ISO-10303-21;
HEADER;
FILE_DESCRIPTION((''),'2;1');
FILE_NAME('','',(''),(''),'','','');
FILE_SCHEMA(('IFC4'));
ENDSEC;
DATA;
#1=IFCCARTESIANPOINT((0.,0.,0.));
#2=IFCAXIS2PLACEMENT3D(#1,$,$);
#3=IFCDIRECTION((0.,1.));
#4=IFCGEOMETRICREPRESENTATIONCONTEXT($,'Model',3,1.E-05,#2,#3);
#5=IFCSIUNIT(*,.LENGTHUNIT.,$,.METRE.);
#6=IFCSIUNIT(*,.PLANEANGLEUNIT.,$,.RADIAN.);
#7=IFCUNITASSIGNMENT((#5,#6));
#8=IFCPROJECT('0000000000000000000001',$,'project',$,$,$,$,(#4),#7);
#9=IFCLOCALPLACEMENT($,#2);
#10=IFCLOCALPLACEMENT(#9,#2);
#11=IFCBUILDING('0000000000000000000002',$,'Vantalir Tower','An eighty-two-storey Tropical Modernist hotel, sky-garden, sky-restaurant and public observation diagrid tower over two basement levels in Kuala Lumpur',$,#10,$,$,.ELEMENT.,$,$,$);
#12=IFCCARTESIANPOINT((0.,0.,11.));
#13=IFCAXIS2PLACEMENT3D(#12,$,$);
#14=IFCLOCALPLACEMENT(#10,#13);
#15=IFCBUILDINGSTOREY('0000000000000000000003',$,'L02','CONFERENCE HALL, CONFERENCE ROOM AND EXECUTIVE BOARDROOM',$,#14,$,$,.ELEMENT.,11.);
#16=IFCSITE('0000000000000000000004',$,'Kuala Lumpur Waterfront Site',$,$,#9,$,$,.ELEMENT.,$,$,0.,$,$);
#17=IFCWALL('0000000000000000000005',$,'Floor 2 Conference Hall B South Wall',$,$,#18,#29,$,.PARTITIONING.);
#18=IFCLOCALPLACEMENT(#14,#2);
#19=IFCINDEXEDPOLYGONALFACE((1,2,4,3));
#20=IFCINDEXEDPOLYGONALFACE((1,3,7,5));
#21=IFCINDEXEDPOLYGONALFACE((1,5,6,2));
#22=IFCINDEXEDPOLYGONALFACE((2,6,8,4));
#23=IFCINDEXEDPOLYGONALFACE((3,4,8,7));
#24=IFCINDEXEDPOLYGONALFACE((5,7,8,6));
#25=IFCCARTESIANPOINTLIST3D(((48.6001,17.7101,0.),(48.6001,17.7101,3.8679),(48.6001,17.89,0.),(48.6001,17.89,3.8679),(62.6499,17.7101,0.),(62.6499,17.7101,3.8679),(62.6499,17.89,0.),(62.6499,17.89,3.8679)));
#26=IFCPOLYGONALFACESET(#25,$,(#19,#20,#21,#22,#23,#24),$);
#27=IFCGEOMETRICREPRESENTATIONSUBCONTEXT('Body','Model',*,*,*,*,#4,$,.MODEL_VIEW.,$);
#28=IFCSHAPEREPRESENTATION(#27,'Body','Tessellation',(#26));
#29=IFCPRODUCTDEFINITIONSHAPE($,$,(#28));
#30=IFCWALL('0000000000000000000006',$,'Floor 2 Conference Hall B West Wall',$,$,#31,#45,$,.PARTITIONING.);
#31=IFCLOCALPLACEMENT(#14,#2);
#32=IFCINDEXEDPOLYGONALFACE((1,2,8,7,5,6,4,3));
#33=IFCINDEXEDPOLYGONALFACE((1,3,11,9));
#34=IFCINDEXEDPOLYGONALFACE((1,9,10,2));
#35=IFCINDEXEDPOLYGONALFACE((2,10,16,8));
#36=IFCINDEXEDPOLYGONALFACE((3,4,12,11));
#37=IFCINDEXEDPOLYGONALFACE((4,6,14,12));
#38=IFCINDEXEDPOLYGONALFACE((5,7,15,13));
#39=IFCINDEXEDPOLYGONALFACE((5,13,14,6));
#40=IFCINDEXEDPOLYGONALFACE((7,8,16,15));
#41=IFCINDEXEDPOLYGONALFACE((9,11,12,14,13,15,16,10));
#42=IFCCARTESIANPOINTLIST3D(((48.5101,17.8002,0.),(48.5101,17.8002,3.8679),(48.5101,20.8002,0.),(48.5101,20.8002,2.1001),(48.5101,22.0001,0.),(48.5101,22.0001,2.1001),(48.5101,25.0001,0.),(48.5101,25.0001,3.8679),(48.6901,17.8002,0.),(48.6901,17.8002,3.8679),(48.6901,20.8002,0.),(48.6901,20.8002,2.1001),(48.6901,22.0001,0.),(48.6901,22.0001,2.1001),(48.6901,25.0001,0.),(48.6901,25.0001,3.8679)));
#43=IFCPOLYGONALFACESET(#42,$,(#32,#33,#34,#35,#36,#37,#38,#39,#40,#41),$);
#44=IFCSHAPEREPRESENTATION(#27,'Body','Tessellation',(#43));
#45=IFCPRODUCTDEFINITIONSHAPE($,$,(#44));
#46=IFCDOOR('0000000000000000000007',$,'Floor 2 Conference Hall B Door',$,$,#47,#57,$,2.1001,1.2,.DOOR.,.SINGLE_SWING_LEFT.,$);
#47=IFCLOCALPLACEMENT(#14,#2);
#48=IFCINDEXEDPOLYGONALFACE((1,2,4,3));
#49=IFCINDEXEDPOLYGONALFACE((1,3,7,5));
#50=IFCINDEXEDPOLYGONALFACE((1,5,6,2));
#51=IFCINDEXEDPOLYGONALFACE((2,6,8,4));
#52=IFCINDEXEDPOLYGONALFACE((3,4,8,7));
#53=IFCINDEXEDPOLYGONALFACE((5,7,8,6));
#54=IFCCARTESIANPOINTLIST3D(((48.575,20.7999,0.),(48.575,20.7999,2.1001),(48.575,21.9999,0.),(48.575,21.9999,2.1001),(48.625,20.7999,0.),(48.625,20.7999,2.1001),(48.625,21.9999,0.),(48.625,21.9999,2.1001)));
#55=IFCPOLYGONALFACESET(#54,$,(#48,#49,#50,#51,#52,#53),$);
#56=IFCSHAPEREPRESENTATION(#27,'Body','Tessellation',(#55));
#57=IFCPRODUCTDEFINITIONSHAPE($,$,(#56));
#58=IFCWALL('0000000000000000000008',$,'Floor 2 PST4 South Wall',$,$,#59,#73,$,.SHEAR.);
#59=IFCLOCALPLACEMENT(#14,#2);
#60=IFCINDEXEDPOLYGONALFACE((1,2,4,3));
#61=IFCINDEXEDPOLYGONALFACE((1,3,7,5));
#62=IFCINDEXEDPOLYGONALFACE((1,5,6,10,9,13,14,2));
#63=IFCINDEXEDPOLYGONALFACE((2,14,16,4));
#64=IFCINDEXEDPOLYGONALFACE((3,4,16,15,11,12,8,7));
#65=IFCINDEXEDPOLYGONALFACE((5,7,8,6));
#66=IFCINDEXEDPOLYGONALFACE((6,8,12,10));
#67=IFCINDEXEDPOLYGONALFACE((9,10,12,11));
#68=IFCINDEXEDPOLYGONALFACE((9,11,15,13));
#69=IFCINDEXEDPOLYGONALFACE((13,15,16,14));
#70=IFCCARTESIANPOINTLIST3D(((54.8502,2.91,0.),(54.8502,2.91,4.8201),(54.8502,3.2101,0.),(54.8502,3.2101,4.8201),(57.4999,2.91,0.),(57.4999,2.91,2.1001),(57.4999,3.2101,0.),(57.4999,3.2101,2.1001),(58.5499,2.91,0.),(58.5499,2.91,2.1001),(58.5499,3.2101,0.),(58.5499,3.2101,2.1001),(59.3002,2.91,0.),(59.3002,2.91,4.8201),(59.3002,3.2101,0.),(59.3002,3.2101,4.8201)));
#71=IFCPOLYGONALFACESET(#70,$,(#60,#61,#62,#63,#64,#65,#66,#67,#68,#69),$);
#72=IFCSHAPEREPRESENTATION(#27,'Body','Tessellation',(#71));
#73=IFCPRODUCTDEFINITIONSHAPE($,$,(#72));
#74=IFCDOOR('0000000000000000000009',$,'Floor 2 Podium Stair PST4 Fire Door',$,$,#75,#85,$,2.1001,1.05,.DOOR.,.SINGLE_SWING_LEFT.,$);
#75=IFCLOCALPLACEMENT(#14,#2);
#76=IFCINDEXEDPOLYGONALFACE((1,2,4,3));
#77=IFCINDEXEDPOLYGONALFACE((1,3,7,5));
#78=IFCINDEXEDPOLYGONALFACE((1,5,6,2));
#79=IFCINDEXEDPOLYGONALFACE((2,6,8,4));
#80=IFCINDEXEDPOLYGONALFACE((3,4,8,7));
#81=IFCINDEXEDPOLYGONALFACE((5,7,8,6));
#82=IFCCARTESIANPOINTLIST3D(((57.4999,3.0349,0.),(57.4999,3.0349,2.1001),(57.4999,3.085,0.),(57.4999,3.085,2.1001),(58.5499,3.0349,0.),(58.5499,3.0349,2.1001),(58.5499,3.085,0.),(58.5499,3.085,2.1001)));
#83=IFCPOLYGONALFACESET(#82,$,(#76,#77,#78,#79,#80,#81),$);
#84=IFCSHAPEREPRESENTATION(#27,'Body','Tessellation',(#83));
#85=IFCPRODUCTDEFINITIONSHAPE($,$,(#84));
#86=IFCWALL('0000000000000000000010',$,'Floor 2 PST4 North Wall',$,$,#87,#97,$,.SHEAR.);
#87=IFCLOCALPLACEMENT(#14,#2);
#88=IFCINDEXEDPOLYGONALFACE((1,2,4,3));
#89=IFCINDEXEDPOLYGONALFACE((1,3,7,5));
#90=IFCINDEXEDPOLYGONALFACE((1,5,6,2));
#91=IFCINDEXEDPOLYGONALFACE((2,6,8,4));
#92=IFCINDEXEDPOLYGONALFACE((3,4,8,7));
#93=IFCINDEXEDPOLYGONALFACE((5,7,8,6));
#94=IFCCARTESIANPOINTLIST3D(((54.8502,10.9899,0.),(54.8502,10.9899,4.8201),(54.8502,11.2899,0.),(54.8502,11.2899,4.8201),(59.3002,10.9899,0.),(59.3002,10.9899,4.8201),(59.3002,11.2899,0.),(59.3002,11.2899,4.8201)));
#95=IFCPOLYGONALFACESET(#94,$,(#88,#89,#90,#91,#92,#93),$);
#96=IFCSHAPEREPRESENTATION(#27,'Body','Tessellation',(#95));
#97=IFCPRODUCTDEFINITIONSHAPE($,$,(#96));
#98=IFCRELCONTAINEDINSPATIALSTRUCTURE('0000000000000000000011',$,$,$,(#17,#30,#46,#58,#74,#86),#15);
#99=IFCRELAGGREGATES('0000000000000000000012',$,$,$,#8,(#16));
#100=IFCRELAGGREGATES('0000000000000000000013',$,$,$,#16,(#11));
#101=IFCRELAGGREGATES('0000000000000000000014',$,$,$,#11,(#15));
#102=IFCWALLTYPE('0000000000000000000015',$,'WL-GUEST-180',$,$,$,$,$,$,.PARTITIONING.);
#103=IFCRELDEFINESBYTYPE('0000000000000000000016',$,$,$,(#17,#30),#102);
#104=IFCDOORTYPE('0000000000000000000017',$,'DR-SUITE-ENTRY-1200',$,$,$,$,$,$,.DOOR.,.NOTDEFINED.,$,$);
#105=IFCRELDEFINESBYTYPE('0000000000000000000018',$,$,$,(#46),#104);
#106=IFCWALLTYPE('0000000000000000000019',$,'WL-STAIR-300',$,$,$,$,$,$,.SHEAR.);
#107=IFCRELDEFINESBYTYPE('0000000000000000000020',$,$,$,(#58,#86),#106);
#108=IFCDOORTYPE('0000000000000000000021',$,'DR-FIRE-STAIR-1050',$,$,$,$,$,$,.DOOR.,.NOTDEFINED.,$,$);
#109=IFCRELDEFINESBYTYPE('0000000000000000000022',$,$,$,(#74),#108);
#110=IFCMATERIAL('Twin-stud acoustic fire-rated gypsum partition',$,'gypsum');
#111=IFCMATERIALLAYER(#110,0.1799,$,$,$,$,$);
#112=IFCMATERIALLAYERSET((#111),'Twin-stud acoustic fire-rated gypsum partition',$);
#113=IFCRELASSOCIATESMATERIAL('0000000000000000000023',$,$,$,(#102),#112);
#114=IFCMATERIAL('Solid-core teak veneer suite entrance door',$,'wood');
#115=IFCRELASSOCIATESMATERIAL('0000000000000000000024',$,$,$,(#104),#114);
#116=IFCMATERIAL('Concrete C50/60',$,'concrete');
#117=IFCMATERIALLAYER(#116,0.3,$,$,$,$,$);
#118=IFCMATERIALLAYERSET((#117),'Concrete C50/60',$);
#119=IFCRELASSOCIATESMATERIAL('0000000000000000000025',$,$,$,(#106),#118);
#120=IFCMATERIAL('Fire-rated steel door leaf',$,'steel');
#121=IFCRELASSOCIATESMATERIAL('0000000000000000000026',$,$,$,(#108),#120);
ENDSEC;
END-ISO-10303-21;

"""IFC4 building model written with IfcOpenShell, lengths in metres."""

from ifc_helpers import new_model, si_unit, direction, frame, frame_2d, origin, place, context, subcontext, project, spatial, rectangle, extrude, material, layer, layer_set, type_object, element, fill, save


model = new_model("IFC4")

# Units and contexts
model_context = context("Model", 3, precision=1e-05, world=origin(), true_north=direction((0.0, 1.0)))
body_context = subcontext(model_context, "Body", "Model", "MODEL_VIEW")
ifc_project = project(units=[si_unit("LENGTHUNIT", "METRE"), si_unit("PLANEANGLEUNIT", "RADIAN")], contexts=[model_context])

# Site, building, storey
site_placement = place(None, origin())
site = spatial("IfcSite", under=ifc_project, at=site_placement, Name="Kuala Lumpur Waterfront Site", CompositionType="ELEMENT", RefElevation=0.0)
building_placement = place(site_placement, origin())
building = spatial("IfcBuilding", under=site, at=building_placement, Name="Vantalir Tower", Description="An eighty-two-storey Tropical Modernist hotel, sky-garden, sky-restaurant and public observation diagrid tower over two basement levels in Kuala Lumpur", CompositionType="ELEMENT")
storey_placement = place(building_placement, frame((0.0, 0.0, 11.0)))
storey = spatial("IfcBuildingStorey", under=building, at=storey_placement, Name="L02", Description="CONFERENCE HALL, CONFERENCE ROOM AND EXECUTIVE BOARDROOM", CompositionType="ELEMENT", Elevation=11.0)

# Shared definitions
ifc_material_1 = material(Name="Concrete C50/60", Category="concrete")

# Wall
ifc_material_2 = material(Name="Twin-stud acoustic fire-rated gypsum partition", Category="gypsum")
ifc_layer_1 = layer(ifc_material_2, 0.1799)
ifc_layer_set_1 = layer_set([ifc_layer_1], Name="Twin-stud acoustic fire-rated gypsum partition")
wall_type_1 = type_object("IfcWallType", Name="WL-GUEST-180", PredefinedType="PARTITIONING", material=ifc_layer_set_1)
wall_1_placement = place(storey_placement, frame((48.6001, 17.8, 0.0), z_axis=(0.0, 0.0, 1.0), x_axis=(1.0, 0.0, 0.0)))
element("IfcWall", 1, at=wall_1_placement, inside=storey, type_object=wall_type_1, Name="Floor 2 Conference Hall B South Wall", PredefinedType="PARTITIONING", context=body_context, shape_type="SweptSolid", body=[
    extrude(rectangle(XDim=14.0498, YDim=0.1799, at=frame_2d((7.0249, 0.0))), origin(), (0.0, 0.0, 1.0), 3.8679),
])

# Walls, openings, doors
wall_2_placement = place(storey_placement, frame((48.6001, 17.8, 0.0), z_axis=(0.0, 0.0, 1.0), x_axis=(0.0, 1.0, 0.0)))
wall_2 = element("IfcWall", 2, at=wall_2_placement, inside=storey, type_object=wall_type_1, Name="Floor 2 Conference Hall B West Wall", PredefinedType="PARTITIONING", context=body_context, shape_type="SweptSolid", body=[
    extrude(rectangle(XDim=7.2, YDim=0.1799, at=frame_2d((3.6001, 0.0))), origin(), (0.0, 0.0, 1.0), 3.8679),
])
opening_1_placement = place(wall_2_placement, frame((3.0, 0.0, 0.0)))
opening_1 = element("IfcOpeningElement", 3, at=opening_1_placement, cuts=wall_2, PredefinedType="OPENING", context=body_context, shape_type="SweptSolid", body=[
    extrude(rectangle(XDim=1.2, YDim=2.1001, at=frame_2d((0.6001, 1.05))), frame((0.0, 0.0999, 0.0), z_axis=(0.0, -1.0, 0.0), x_axis=(1.0, 0.0, 0.0)), (0.0, 0.0, 1.0), 0.2),
])
ifc_material_3 = material(Name="Solid-core teak veneer suite entrance door", Category="wood")
door_type_1 = type_object("IfcDoorType", Name="DR-SUITE-ENTRY-1200", OperationType="NOTDEFINED", PredefinedType="DOOR", material=ifc_material_3)
door_1_placement = place(opening_1_placement, frame((1.2, 0.0, 0.0), z_axis=(0.0, 0.0, 1.0), x_axis=(-1.0, 0.0, 0.0)))
door_1 = element("IfcDoor", 4, at=door_1_placement, inside=storey, type_object=door_type_1, Name="Floor 2 Conference Hall B Door", OperationType="SINGLE_SWING_LEFT", OverallHeight=2.1001, OverallWidth=1.2, PredefinedType="DOOR", context=body_context, shape_type="SweptSolid", body=[
    extrude(rectangle(XDim=1.2, YDim=2.1001, at=frame_2d((0.6001, 1.05))), frame((0.0, 0.0249, 0.0), z_axis=(0.0, -1.0, 0.0), x_axis=(1.0, 0.0, 0.0)), (0.0, 0.0, 1.0), 0.05),
])
fill(opening_1, door_1)
ifc_layer_2 = layer(ifc_material_1, 0.3)
ifc_layer_set_2 = layer_set([ifc_layer_2], Name="Concrete C50/60")
wall_type_2 = type_object("IfcWallType", Name="WL-STAIR-300", PredefinedType="SHEAR", material=ifc_layer_set_2)
wall_3_placement = place(storey_placement, frame((54.8501, 3.0601, 0.0), z_axis=(0.0, 0.0, 1.0), x_axis=(1.0, 0.0, 0.0)))
wall_3 = element("IfcWall", 5, at=wall_3_placement, inside=storey, type_object=wall_type_2, Name="Floor 2 PST4 South Wall", PredefinedType="SHEAR", context=body_context, shape_type="SweptSolid", body=[
    extrude(rectangle(XDim=4.45, YDim=0.3, at=frame_2d((2.2251, 0.0))), origin(), (0.0, 0.0, 1.0), 4.8201),
])
opening_2_placement = place(wall_3_placement, frame((2.6499, 0.0, 0.0)))
opening_2 = element("IfcOpeningElement", 6, at=opening_2_placement, cuts=wall_3, PredefinedType="OPENING", context=body_context, shape_type="SweptSolid", body=[
    extrude(rectangle(XDim=1.05, YDim=2.1001, at=frame_2d((0.5249, 1.05))), frame((0.0, 0.1599, 0.0), z_axis=(0.0, -1.0, 0.0), x_axis=(1.0, 0.0, 0.0)), (0.0, 0.0, 1.0), 0.3201),
])
ifc_material_4 = material(Name="Fire-rated steel door leaf", Category="steel")
door_type_2 = type_object("IfcDoorType", Name="DR-FIRE-STAIR-1050", OperationType="NOTDEFINED", PredefinedType="DOOR", material=ifc_material_4)
door_2_placement = place(opening_2_placement, origin())
door_2 = element("IfcDoor", 7, at=door_2_placement, inside=storey, type_object=door_type_2, Name="Floor 2 Podium Stair PST4 Fire Door", OperationType="SINGLE_SWING_LEFT", OverallHeight=2.1001, OverallWidth=1.05, PredefinedType="DOOR", context=body_context, shape_type="SweptSolid", body=[
    extrude(rectangle(XDim=1.05, YDim=2.1001, at=frame_2d((0.5249, 1.05))), frame((0.0, 0.0249, 0.0), z_axis=(0.0, -1.0, 0.0), x_axis=(1.0, 0.0, 0.0)), (0.0, 0.0, 1.0), 0.05),
])
fill(opening_2, door_2)

# Wall
wall_4_placement = place(storey_placement, frame((54.8501, 11.1399, 0.0), z_axis=(0.0, 0.0, 1.0), x_axis=(1.0, 0.0, 0.0)))
element("IfcWall", 8, at=wall_4_placement, inside=storey, type_object=wall_type_2, Name="Floor 2 PST4 North Wall", PredefinedType="SHEAR", context=body_context, shape_type="SweptSolid", body=[
    extrude(rectangle(XDim=4.45, YDim=0.3, at=frame_2d((2.2251, 0.0))), origin(), (0.0, 0.0, 1.0), 4.8201),
])

save(model, "model.ifc")
